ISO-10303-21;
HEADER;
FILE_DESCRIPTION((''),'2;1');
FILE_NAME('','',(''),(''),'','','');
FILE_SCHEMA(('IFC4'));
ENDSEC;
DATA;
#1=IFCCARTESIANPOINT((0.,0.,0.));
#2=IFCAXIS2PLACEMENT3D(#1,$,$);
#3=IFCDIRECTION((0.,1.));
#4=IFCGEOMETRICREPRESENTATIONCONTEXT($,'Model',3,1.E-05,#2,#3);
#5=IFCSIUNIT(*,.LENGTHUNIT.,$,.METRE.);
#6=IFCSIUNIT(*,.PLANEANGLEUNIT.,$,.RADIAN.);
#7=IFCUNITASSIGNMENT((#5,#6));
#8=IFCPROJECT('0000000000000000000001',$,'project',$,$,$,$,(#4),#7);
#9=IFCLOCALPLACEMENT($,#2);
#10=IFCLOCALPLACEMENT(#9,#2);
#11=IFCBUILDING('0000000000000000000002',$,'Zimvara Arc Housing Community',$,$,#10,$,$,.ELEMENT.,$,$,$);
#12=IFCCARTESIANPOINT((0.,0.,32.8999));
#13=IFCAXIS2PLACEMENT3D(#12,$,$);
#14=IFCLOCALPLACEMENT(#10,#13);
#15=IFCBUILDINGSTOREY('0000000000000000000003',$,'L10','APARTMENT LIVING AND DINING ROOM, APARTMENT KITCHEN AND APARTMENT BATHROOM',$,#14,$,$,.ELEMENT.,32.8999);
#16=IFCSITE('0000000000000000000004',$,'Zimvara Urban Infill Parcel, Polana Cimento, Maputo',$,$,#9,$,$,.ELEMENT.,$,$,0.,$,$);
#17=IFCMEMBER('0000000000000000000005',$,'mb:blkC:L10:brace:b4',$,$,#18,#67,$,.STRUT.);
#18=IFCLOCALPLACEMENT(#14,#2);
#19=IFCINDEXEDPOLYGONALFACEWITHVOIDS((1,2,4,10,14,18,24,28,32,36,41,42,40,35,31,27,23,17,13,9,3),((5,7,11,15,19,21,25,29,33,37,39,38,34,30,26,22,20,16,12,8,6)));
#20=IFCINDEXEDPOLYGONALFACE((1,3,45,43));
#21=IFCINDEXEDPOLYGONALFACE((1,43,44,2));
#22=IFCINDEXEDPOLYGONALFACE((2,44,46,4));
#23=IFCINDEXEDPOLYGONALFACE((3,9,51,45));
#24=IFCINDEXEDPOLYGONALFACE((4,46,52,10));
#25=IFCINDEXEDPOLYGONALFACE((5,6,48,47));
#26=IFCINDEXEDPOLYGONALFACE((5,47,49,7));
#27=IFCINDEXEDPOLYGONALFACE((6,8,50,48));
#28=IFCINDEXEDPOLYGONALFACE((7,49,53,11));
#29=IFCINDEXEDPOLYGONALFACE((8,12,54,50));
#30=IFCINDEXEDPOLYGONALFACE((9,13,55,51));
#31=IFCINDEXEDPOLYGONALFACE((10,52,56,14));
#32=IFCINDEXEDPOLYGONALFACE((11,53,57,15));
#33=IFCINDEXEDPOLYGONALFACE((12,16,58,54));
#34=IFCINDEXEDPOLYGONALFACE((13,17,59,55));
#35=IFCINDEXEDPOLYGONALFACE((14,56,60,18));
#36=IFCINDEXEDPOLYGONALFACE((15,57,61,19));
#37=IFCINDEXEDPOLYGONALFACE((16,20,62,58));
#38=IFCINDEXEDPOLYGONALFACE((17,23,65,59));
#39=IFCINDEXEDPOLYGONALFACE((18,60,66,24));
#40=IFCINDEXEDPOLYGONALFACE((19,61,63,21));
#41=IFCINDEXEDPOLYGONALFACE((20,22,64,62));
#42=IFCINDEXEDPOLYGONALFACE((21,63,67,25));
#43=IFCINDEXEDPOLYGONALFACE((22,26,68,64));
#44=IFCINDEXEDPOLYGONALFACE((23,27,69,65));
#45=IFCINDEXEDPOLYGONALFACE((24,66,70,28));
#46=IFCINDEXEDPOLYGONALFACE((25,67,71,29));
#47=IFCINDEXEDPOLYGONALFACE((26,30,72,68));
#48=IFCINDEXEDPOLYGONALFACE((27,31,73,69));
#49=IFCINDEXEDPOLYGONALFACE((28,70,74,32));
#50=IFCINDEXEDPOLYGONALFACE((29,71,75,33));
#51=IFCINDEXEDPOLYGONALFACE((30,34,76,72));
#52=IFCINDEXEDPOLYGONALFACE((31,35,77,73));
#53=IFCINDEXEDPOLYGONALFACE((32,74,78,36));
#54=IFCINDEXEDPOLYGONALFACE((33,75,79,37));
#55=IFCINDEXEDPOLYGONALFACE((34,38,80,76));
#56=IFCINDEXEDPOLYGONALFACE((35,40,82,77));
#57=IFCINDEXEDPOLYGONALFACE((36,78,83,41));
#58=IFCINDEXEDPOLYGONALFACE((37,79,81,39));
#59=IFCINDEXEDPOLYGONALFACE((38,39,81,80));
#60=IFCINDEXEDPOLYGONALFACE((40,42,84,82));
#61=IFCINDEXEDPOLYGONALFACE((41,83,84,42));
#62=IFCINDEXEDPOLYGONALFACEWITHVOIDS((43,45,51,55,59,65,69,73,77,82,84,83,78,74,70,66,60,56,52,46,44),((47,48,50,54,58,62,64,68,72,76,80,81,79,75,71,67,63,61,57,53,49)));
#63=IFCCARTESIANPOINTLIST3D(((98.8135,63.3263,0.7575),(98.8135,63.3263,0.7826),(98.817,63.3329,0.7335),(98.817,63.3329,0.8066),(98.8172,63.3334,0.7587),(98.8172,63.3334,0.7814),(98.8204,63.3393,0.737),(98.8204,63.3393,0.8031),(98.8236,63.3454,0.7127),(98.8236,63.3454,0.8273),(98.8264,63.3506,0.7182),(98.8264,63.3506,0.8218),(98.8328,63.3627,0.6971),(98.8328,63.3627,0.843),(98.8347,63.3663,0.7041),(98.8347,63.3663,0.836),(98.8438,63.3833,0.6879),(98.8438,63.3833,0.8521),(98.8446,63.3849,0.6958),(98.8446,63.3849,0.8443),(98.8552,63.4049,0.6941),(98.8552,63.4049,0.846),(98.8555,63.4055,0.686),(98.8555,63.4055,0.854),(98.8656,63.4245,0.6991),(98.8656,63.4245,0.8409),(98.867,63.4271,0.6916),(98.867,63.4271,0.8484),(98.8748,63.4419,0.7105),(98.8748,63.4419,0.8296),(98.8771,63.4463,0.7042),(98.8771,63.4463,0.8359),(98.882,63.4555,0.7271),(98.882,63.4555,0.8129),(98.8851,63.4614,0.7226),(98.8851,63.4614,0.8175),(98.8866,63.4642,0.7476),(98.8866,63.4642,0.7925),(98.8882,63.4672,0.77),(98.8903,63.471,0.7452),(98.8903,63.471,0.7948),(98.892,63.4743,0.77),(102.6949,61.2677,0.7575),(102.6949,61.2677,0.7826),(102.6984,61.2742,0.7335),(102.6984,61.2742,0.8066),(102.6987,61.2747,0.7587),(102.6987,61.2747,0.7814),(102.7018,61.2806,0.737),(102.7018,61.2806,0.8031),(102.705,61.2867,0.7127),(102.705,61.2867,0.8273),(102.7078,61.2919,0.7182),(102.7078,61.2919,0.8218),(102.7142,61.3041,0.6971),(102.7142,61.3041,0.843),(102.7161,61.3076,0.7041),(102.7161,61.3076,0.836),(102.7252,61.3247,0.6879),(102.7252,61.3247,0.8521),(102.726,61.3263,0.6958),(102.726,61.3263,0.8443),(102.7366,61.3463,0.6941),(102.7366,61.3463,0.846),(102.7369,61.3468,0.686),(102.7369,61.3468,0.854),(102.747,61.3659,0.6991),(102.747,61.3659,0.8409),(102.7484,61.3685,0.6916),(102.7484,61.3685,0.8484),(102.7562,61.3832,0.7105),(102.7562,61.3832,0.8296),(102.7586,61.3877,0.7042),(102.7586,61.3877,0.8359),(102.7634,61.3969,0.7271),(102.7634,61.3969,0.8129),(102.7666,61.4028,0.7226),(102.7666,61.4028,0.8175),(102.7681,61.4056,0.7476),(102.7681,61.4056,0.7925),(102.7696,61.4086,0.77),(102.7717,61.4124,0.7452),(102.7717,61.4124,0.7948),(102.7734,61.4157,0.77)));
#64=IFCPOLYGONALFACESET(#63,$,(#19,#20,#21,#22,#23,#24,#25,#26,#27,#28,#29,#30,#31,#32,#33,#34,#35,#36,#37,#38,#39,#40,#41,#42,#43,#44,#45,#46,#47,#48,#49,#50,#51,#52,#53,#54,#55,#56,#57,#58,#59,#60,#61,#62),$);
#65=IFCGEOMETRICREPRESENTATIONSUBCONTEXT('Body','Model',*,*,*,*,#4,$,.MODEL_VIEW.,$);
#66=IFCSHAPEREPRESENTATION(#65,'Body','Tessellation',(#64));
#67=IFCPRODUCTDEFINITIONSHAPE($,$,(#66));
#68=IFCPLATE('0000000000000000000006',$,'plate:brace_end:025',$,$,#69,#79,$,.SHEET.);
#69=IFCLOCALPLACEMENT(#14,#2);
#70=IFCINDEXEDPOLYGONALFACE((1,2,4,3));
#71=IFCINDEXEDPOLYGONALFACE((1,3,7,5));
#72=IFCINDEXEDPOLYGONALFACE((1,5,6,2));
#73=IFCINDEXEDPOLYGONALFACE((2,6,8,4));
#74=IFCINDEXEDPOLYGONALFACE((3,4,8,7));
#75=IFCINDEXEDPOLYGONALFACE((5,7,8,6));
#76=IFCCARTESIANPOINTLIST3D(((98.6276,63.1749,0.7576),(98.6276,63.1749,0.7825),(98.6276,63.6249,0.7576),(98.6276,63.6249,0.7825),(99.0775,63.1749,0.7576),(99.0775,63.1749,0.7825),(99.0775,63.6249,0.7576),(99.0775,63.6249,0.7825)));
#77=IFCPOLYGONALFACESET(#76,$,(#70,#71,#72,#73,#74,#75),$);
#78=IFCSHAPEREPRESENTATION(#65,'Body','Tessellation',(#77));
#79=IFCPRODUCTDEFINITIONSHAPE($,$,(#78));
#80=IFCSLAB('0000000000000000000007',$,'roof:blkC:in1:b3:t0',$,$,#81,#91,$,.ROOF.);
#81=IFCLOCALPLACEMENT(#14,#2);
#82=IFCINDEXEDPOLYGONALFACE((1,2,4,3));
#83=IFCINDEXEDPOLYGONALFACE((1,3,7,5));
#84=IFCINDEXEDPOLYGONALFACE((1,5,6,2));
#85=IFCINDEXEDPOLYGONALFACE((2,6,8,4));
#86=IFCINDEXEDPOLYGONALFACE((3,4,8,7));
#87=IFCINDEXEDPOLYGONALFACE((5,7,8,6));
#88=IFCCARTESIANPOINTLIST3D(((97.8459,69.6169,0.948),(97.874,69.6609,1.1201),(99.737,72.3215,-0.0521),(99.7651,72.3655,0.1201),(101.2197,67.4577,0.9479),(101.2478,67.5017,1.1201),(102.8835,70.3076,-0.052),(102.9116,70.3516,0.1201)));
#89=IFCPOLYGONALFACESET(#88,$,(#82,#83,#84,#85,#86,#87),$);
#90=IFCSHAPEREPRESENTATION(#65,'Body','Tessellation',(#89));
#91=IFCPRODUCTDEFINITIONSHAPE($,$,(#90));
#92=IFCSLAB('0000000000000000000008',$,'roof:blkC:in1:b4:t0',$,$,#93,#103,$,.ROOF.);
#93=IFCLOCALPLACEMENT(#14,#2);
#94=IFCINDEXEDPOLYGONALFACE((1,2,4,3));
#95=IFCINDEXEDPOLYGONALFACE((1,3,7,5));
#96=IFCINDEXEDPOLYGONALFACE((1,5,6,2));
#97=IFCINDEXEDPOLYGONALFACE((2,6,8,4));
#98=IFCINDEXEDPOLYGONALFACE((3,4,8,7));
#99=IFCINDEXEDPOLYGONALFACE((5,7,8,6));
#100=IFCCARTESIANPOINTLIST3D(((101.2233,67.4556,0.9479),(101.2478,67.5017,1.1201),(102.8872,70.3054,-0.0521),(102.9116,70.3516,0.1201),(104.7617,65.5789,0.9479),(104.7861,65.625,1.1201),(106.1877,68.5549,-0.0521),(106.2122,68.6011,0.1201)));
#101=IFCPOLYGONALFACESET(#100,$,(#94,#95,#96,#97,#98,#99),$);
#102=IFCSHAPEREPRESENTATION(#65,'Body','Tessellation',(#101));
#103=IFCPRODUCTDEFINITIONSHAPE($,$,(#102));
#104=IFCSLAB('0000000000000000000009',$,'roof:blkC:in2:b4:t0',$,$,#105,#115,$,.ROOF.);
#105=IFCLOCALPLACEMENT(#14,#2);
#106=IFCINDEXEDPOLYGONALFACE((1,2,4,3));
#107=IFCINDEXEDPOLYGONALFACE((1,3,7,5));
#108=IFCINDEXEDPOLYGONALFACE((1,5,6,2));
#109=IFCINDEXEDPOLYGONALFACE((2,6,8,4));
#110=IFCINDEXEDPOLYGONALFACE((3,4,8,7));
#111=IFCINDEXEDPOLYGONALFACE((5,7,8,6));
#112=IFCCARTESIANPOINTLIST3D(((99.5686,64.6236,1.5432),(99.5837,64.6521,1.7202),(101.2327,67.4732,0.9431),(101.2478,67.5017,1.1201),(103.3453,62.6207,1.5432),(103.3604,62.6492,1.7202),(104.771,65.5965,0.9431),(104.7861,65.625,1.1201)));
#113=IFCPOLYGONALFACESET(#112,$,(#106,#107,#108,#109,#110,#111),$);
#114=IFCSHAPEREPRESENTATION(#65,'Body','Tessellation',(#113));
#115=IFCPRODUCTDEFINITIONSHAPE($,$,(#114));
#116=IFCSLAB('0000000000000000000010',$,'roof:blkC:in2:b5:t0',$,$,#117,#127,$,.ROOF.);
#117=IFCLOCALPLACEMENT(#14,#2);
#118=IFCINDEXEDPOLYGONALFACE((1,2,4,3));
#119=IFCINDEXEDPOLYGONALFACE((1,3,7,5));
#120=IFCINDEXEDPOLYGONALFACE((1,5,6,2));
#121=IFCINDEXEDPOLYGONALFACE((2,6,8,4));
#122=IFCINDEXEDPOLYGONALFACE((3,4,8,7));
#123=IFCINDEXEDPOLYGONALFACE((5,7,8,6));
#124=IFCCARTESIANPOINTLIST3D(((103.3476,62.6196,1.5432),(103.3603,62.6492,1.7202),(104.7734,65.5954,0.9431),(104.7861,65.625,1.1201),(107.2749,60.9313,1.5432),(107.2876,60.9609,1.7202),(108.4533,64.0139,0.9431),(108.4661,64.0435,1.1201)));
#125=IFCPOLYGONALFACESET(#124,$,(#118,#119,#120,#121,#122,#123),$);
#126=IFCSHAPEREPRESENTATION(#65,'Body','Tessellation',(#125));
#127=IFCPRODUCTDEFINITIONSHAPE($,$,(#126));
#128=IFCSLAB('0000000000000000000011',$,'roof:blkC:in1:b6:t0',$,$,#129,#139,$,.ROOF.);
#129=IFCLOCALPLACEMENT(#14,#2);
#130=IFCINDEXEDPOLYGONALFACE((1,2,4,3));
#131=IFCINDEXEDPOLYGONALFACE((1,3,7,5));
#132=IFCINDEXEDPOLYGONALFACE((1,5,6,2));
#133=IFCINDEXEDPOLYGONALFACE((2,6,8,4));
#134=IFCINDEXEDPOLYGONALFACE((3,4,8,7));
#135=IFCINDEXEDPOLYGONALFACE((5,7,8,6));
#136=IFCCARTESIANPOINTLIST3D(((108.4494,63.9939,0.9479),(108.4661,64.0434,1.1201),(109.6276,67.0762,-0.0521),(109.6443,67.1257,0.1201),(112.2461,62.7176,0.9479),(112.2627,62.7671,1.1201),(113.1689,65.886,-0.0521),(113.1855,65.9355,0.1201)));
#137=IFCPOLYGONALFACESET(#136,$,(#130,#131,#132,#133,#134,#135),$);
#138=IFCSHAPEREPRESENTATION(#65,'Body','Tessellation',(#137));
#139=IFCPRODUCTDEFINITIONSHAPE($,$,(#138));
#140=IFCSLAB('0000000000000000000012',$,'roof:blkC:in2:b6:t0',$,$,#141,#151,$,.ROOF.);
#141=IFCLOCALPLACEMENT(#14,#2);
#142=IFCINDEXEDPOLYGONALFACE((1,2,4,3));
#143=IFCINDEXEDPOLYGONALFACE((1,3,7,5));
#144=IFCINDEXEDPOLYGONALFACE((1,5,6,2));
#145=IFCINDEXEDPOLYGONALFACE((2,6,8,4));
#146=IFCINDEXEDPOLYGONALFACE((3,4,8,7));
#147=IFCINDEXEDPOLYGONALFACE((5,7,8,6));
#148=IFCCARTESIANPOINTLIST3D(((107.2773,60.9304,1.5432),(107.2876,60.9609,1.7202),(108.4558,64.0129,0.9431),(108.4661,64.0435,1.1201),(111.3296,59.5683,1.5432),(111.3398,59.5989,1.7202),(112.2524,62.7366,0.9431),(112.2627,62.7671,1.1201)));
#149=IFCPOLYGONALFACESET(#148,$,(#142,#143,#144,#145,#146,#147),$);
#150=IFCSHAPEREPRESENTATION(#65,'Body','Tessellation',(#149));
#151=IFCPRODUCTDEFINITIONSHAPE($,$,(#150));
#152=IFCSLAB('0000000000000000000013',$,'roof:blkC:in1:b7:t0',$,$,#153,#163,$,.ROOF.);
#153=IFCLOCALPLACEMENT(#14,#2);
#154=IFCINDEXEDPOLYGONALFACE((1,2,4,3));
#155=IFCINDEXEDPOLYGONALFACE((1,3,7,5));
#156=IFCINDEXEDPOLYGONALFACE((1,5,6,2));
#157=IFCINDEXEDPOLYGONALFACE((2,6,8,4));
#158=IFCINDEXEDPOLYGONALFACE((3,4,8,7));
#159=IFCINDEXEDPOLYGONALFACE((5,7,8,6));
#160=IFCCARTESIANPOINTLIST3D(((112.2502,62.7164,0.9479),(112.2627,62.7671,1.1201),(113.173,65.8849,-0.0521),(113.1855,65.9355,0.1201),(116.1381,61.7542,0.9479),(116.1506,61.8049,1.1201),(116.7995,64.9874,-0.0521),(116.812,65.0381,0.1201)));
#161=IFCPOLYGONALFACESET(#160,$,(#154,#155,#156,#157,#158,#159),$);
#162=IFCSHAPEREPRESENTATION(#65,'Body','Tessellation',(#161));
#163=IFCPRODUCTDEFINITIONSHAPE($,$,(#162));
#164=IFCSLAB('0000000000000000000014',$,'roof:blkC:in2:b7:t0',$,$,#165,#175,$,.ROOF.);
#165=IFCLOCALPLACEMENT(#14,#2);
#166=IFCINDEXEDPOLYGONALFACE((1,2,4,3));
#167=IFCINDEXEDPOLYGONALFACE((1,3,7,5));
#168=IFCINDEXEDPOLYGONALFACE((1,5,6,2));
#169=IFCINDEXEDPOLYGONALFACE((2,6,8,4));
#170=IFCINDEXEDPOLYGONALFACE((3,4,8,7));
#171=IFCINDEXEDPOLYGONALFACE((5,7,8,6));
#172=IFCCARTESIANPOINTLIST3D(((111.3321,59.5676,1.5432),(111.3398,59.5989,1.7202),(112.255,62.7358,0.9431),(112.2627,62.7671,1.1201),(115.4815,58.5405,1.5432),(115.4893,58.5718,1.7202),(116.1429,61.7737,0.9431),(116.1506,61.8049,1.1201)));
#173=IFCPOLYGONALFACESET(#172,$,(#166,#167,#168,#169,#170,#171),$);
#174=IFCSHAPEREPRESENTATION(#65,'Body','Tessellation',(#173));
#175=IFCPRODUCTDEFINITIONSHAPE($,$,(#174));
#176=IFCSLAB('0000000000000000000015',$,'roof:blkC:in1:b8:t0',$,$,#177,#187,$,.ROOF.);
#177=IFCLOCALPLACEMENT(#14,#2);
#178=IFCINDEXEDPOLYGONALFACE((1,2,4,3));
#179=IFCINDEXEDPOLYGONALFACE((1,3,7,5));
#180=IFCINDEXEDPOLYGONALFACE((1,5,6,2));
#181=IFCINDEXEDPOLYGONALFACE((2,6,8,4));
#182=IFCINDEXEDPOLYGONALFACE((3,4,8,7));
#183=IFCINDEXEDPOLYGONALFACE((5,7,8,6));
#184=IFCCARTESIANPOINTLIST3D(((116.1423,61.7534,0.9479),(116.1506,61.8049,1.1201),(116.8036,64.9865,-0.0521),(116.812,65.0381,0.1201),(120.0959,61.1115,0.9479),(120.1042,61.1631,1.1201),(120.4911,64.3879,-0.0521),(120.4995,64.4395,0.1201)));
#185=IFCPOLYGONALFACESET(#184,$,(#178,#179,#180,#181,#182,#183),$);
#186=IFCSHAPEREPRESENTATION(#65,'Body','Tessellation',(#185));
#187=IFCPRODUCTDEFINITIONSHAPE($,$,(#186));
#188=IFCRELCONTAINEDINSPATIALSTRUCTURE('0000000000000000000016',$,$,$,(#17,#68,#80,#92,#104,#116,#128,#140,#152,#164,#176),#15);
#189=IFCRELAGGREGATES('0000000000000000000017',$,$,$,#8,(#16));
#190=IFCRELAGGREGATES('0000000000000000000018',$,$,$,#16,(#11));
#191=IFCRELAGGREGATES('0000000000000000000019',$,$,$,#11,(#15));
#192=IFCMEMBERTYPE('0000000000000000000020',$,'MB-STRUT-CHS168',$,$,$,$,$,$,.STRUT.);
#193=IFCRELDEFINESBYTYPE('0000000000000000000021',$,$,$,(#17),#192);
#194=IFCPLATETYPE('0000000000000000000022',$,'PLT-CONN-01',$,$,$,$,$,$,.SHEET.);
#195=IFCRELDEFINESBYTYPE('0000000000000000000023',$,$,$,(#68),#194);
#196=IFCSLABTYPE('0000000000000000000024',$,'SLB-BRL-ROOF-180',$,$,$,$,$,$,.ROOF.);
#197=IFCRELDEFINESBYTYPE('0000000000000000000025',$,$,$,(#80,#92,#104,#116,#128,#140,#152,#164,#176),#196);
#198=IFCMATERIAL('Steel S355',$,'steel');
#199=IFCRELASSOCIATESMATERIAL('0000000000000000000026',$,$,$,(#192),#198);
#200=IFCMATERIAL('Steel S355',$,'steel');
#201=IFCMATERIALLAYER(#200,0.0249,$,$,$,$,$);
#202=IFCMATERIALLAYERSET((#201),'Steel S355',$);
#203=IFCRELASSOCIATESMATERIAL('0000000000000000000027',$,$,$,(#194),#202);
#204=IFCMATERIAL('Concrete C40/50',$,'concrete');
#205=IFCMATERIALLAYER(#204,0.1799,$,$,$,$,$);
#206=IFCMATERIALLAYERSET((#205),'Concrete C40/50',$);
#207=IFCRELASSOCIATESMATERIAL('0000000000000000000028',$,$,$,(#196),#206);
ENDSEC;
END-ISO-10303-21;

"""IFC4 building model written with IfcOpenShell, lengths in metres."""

from ifc_helpers import new_model, si_unit, direction, frame, origin, origin_2d, place, context, subcontext, project, spatial, polyline, rectangle, hollow_circle, outline, extrude, material, layer, layer_set, material_profile, profile_set, type_object, element, save


model = new_model("IFC4")

# Units and contexts
model_context = context("Model", 3, precision=1e-05, world=origin(), true_north=direction((0.0, 1.0)))
body_context = subcontext(model_context, "Body", "Model", "MODEL_VIEW")
ifc_project = project(units=[si_unit("LENGTHUNIT", "METRE"), si_unit("PLANEANGLEUNIT", "RADIAN")], contexts=[model_context])

# Site, building, storey
site_placement = place(None, origin())
site = spatial("IfcSite", under=ifc_project, at=site_placement, Name="Zimvara Urban Infill Parcel, Polana Cimento, Maputo", CompositionType="ELEMENT", RefElevation=0.0)
building_placement = place(site_placement, origin())
building = spatial("IfcBuilding", under=site, at=building_placement, Name="Zimvara Arc Housing Community", CompositionType="ELEMENT")
storey_placement = place(building_placement, frame((0.0, 0.0, 32.8999)))
storey = spatial("IfcBuildingStorey", under=building, at=storey_placement, Name="L10", Description="APARTMENT LIVING AND DINING ROOM, APARTMENT KITCHEN AND APARTMENT BATHROOM", CompositionType="ELEMENT", Elevation=32.8999)

# Member
ifc_material_1 = material(Name="Steel S355", Category="steel")
ifc_material_profile_1 = material_profile(ifc_material_1, hollow_circle(Radius=0.0842, WallThickness=0.0081, at=origin_2d()), Name="CHS 168.3x8.0")
ifc_profile_set_1 = profile_set([ifc_material_profile_1], Name="Steel S355")
member_type = type_object("IfcMemberType", Name="MB-STRUT-CHS168", PredefinedType="STRUT", material=ifc_profile_set_1)
member_placement = place(storey_placement, frame((98.8525, 63.3999, 0.77), z_axis=(0.883434, -0.468557, 0.0), x_axis=(0.468557, 0.883434, 0.0)))
element("IfcMember", 1, at=member_placement, inside=storey, type_object=member_type, Name="mb:blkC:L10:brace:b4", PredefinedType="STRUT", context=body_context, shape_type="SweptSolid", body=[
    extrude(hollow_circle(Radius=0.0842, WallThickness=0.0081, at=origin_2d()), origin(), (0.0, 0.0, 1.0), 4.3936),
])

# Plate
ifc_material_2 = material(Name="Steel S355", Category="steel")
ifc_layer_1 = layer(ifc_material_2, 0.0249)
ifc_layer_set_1 = layer_set([ifc_layer_1], Name="Steel S355")
plate_type = type_object("IfcPlateType", Name="PLT-CONN-01", PredefinedType="SHEET", material=ifc_layer_set_1)
plate_placement = place(storey_placement, frame((98.8525, 63.3999, 0.7576), z_axis=(0.0, 0.0, 1.0), x_axis=(1.0, 0.0, 0.0)))
element("IfcPlate", 2, at=plate_placement, inside=storey, type_object=plate_type, Name="plate:brace_end:025", PredefinedType="SHEET", context=body_context, shape_type="SweptSolid", body=[
    extrude(rectangle(XDim=0.45, YDim=0.45, at=origin_2d()), origin(), (0.0, 0.0, 1.0), 0.0249),
])

# Slabs
ifc_material_3 = material(Name="Concrete C40/50", Category="concrete")
ifc_layer_2 = layer(ifc_material_3, 0.1799)
ifc_layer_set_2 = layer_set([ifc_layer_2], Name="Concrete C40/50")
slab_type = type_object("IfcSlabType", Name="SLB-BRL-ROOF-180", PredefinedType="ROOF", material=ifc_layer_set_2)
slab_1_placement = place(storey_placement, frame((99.7651, 72.3655, 0.1201), z_axis=(0.156449, 0.244444, 0.956959), x_axis=(0.842252, -0.539084, 0.000007)))
element("IfcSlab", 3, at=slab_1_placement, inside=storey, type_object=slab_type, Name="roof:blkC:in1:b3:t0", PredefinedType="ROOF", context=body_context, shape_type="SweptSolid", body=[
    extrude(outline(polyline([(0.0, 0.0), (3.7358, 0.0), (3.8708, -3.4455), (-0.1348, -3.4457), (0.0, 0.0)])), origin(), (0.0, 0.0, -1.0), 0.1799),
])
slab_2_placement = place(storey_placement, frame((102.9116, 70.3516, 0.1201), z_axis=(0.135987, 0.256395, 0.956958), x_axis=(0.883439, -0.468546, -0.000003)))
element("IfcSlab", 4, at=slab_2_placement, inside=storey, type_object=slab_type, Name="roof:blkC:in1:b4:t0", PredefinedType="ROOF", context=body_context, shape_type="SweptSolid", body=[
    extrude(outline(polyline([(0.0, 0.0), (3.736, 0.0), (3.8706, -3.4456), (-0.1346, -3.4456), (0.0, 0.0)])), origin(), (0.0, 0.0, -1.0), 0.1799),
])
slab_3_placement = place(storey_placement, frame((101.2478, 67.5017, 1.1201), z_axis=(0.083902, 0.158195, 0.983837), x_axis=(0.883429, -0.468565, 0.000003)))
element("IfcSlab", 5, at=slab_3_placement, inside=storey, type_object=slab_type, Name="roof:blkC:in2:b4:t0", PredefinedType="ROOF", context=body_context, shape_type="SweptSolid", body=[
    extrude(outline(polyline([(0.0, 0.0), (4.0052, 0.0), (4.14, -3.3512), (-0.1349, -3.3513), (0.0, 0.0)])), origin(), (0.0, 0.0, -1.0), 0.1799),
])
slab_4_placement = place(storey_placement, frame((104.7861, 65.625, 1.1201), z_axis=(0.07071, 0.164509, 0.983838), x_axis=(0.918744, -0.394855, -0.000008)))
element("IfcSlab", 6, at=slab_4_placement, inside=storey, type_object=slab_type, Name="roof:blkC:in2:b5:t0", PredefinedType="ROOF", context=body_context, shape_type="SweptSolid", body=[
    extrude(outline(polyline([(0.0, 0.0), (4.0054, 0.0), (4.1398, -3.3515), (-0.1349, -3.3512), (0.0, 0.0)])), origin(), (0.0, 0.0, -1.0), 0.1799),
])
slab_5_placement = place(storey_placement, frame((109.6443, 67.1257, 0.1201), z_axis=(0.092474, 0.275107, 0.956956), x_axis=(0.947895, -0.318583, -0.000012)))
element("IfcSlab", 7, at=slab_5_placement, inside=storey, type_object=slab_type, Name="roof:blkC:in1:b6:t0", PredefinedType="ROOF", context=body_context, shape_type="SweptSolid", body=[
    extrude(outline(polyline([(0.0, 0.0), (3.7359, 0.0), (3.8706, -3.4457), (-0.1349, -3.4454), (0.0, 0.0)])), origin(), (0.0, 0.0, -1.0), 0.1799),
])
slab_6_placement = place(storey_placement, frame((108.4661, 64.0435, 1.1201), z_axis=(0.057054, 0.169726, 0.983838), x_axis=(0.94787, -0.318658, 0.000005)))
element("IfcSlab", 8, at=slab_6_placement, inside=storey, type_object=slab_type, Name="roof:blkC:in2:b6:t0", PredefinedType="ROOF", context=body_context, shape_type="SweptSolid", body=[
    extrude(outline(polyline([(0.0, 0.0), (4.0054, 0.0), (4.1403, -3.3513), (-0.1348, -3.3515), (0.0, 0.0)])), origin(), (0.0, 0.0, -1.0), 0.1799),
])
slab_7_placement = place(storey_placement, frame((113.1855, 65.9355, 0.1201), z_axis=(0.069719, 0.281721, 0.95696), x_axis=(0.970716, -0.240228, 0.0)))
element("IfcSlab", 9, at=slab_7_placement, inside=storey, type_object=slab_type, Name="roof:blkC:in1:b7:t0", PredefinedType="ROOF", context=body_context, shape_type="SweptSolid", body=[
    extrude(outline(polyline([(0.0, 0.0), (3.7359, 0.0), (3.8706, -3.4457), (-0.1347, -3.4457), (0.0, 0.0)])), origin(), (0.0, 0.0, -1.0), 0.1799),
])
slab_8_placement = place(storey_placement, frame((112.2627, 62.7671, 1.1201), z_axis=(0.043019, 0.173814, 0.983838), x_axis=(0.970717, -0.240227, -0.000005)))
element("IfcSlab", 10, at=slab_8_placement, inside=storey, type_object=slab_type, Name="roof:blkC:in2:b7:t0", PredefinedType="ROOF", context=body_context, shape_type="SweptSolid", body=[
    extrude(outline(polyline([(0.0, 0.0), (4.0052, 0.0), (4.1399, -3.3515), (-0.1347, -3.3513), (0.0, 0.0)])), origin(), (0.0, 0.0, -1.0), 0.1799),
])
slab_9_placement = place(storey_placement, frame((116.812, 65.0381, 0.1201), z_axis=(0.046506, 0.28647, 0.95696), x_axis=(0.987078, -0.160243, 0.0)))
element("IfcSlab", 11, at=slab_9_placement, inside=storey, type_object=slab_type, Name="roof:blkC:in1:b8:t0", PredefinedType="ROOF", context=body_context, shape_type="SweptSolid", body=[
    extrude(outline(polyline([(0.0, 0.0), (3.7358, 0.0), (3.8706, -3.4457), (-0.1347, -3.4457), (0.0, 0.0)])), origin(), (0.0, 0.0, -1.0), 0.1799),
])

save(model, "model.ifc")
